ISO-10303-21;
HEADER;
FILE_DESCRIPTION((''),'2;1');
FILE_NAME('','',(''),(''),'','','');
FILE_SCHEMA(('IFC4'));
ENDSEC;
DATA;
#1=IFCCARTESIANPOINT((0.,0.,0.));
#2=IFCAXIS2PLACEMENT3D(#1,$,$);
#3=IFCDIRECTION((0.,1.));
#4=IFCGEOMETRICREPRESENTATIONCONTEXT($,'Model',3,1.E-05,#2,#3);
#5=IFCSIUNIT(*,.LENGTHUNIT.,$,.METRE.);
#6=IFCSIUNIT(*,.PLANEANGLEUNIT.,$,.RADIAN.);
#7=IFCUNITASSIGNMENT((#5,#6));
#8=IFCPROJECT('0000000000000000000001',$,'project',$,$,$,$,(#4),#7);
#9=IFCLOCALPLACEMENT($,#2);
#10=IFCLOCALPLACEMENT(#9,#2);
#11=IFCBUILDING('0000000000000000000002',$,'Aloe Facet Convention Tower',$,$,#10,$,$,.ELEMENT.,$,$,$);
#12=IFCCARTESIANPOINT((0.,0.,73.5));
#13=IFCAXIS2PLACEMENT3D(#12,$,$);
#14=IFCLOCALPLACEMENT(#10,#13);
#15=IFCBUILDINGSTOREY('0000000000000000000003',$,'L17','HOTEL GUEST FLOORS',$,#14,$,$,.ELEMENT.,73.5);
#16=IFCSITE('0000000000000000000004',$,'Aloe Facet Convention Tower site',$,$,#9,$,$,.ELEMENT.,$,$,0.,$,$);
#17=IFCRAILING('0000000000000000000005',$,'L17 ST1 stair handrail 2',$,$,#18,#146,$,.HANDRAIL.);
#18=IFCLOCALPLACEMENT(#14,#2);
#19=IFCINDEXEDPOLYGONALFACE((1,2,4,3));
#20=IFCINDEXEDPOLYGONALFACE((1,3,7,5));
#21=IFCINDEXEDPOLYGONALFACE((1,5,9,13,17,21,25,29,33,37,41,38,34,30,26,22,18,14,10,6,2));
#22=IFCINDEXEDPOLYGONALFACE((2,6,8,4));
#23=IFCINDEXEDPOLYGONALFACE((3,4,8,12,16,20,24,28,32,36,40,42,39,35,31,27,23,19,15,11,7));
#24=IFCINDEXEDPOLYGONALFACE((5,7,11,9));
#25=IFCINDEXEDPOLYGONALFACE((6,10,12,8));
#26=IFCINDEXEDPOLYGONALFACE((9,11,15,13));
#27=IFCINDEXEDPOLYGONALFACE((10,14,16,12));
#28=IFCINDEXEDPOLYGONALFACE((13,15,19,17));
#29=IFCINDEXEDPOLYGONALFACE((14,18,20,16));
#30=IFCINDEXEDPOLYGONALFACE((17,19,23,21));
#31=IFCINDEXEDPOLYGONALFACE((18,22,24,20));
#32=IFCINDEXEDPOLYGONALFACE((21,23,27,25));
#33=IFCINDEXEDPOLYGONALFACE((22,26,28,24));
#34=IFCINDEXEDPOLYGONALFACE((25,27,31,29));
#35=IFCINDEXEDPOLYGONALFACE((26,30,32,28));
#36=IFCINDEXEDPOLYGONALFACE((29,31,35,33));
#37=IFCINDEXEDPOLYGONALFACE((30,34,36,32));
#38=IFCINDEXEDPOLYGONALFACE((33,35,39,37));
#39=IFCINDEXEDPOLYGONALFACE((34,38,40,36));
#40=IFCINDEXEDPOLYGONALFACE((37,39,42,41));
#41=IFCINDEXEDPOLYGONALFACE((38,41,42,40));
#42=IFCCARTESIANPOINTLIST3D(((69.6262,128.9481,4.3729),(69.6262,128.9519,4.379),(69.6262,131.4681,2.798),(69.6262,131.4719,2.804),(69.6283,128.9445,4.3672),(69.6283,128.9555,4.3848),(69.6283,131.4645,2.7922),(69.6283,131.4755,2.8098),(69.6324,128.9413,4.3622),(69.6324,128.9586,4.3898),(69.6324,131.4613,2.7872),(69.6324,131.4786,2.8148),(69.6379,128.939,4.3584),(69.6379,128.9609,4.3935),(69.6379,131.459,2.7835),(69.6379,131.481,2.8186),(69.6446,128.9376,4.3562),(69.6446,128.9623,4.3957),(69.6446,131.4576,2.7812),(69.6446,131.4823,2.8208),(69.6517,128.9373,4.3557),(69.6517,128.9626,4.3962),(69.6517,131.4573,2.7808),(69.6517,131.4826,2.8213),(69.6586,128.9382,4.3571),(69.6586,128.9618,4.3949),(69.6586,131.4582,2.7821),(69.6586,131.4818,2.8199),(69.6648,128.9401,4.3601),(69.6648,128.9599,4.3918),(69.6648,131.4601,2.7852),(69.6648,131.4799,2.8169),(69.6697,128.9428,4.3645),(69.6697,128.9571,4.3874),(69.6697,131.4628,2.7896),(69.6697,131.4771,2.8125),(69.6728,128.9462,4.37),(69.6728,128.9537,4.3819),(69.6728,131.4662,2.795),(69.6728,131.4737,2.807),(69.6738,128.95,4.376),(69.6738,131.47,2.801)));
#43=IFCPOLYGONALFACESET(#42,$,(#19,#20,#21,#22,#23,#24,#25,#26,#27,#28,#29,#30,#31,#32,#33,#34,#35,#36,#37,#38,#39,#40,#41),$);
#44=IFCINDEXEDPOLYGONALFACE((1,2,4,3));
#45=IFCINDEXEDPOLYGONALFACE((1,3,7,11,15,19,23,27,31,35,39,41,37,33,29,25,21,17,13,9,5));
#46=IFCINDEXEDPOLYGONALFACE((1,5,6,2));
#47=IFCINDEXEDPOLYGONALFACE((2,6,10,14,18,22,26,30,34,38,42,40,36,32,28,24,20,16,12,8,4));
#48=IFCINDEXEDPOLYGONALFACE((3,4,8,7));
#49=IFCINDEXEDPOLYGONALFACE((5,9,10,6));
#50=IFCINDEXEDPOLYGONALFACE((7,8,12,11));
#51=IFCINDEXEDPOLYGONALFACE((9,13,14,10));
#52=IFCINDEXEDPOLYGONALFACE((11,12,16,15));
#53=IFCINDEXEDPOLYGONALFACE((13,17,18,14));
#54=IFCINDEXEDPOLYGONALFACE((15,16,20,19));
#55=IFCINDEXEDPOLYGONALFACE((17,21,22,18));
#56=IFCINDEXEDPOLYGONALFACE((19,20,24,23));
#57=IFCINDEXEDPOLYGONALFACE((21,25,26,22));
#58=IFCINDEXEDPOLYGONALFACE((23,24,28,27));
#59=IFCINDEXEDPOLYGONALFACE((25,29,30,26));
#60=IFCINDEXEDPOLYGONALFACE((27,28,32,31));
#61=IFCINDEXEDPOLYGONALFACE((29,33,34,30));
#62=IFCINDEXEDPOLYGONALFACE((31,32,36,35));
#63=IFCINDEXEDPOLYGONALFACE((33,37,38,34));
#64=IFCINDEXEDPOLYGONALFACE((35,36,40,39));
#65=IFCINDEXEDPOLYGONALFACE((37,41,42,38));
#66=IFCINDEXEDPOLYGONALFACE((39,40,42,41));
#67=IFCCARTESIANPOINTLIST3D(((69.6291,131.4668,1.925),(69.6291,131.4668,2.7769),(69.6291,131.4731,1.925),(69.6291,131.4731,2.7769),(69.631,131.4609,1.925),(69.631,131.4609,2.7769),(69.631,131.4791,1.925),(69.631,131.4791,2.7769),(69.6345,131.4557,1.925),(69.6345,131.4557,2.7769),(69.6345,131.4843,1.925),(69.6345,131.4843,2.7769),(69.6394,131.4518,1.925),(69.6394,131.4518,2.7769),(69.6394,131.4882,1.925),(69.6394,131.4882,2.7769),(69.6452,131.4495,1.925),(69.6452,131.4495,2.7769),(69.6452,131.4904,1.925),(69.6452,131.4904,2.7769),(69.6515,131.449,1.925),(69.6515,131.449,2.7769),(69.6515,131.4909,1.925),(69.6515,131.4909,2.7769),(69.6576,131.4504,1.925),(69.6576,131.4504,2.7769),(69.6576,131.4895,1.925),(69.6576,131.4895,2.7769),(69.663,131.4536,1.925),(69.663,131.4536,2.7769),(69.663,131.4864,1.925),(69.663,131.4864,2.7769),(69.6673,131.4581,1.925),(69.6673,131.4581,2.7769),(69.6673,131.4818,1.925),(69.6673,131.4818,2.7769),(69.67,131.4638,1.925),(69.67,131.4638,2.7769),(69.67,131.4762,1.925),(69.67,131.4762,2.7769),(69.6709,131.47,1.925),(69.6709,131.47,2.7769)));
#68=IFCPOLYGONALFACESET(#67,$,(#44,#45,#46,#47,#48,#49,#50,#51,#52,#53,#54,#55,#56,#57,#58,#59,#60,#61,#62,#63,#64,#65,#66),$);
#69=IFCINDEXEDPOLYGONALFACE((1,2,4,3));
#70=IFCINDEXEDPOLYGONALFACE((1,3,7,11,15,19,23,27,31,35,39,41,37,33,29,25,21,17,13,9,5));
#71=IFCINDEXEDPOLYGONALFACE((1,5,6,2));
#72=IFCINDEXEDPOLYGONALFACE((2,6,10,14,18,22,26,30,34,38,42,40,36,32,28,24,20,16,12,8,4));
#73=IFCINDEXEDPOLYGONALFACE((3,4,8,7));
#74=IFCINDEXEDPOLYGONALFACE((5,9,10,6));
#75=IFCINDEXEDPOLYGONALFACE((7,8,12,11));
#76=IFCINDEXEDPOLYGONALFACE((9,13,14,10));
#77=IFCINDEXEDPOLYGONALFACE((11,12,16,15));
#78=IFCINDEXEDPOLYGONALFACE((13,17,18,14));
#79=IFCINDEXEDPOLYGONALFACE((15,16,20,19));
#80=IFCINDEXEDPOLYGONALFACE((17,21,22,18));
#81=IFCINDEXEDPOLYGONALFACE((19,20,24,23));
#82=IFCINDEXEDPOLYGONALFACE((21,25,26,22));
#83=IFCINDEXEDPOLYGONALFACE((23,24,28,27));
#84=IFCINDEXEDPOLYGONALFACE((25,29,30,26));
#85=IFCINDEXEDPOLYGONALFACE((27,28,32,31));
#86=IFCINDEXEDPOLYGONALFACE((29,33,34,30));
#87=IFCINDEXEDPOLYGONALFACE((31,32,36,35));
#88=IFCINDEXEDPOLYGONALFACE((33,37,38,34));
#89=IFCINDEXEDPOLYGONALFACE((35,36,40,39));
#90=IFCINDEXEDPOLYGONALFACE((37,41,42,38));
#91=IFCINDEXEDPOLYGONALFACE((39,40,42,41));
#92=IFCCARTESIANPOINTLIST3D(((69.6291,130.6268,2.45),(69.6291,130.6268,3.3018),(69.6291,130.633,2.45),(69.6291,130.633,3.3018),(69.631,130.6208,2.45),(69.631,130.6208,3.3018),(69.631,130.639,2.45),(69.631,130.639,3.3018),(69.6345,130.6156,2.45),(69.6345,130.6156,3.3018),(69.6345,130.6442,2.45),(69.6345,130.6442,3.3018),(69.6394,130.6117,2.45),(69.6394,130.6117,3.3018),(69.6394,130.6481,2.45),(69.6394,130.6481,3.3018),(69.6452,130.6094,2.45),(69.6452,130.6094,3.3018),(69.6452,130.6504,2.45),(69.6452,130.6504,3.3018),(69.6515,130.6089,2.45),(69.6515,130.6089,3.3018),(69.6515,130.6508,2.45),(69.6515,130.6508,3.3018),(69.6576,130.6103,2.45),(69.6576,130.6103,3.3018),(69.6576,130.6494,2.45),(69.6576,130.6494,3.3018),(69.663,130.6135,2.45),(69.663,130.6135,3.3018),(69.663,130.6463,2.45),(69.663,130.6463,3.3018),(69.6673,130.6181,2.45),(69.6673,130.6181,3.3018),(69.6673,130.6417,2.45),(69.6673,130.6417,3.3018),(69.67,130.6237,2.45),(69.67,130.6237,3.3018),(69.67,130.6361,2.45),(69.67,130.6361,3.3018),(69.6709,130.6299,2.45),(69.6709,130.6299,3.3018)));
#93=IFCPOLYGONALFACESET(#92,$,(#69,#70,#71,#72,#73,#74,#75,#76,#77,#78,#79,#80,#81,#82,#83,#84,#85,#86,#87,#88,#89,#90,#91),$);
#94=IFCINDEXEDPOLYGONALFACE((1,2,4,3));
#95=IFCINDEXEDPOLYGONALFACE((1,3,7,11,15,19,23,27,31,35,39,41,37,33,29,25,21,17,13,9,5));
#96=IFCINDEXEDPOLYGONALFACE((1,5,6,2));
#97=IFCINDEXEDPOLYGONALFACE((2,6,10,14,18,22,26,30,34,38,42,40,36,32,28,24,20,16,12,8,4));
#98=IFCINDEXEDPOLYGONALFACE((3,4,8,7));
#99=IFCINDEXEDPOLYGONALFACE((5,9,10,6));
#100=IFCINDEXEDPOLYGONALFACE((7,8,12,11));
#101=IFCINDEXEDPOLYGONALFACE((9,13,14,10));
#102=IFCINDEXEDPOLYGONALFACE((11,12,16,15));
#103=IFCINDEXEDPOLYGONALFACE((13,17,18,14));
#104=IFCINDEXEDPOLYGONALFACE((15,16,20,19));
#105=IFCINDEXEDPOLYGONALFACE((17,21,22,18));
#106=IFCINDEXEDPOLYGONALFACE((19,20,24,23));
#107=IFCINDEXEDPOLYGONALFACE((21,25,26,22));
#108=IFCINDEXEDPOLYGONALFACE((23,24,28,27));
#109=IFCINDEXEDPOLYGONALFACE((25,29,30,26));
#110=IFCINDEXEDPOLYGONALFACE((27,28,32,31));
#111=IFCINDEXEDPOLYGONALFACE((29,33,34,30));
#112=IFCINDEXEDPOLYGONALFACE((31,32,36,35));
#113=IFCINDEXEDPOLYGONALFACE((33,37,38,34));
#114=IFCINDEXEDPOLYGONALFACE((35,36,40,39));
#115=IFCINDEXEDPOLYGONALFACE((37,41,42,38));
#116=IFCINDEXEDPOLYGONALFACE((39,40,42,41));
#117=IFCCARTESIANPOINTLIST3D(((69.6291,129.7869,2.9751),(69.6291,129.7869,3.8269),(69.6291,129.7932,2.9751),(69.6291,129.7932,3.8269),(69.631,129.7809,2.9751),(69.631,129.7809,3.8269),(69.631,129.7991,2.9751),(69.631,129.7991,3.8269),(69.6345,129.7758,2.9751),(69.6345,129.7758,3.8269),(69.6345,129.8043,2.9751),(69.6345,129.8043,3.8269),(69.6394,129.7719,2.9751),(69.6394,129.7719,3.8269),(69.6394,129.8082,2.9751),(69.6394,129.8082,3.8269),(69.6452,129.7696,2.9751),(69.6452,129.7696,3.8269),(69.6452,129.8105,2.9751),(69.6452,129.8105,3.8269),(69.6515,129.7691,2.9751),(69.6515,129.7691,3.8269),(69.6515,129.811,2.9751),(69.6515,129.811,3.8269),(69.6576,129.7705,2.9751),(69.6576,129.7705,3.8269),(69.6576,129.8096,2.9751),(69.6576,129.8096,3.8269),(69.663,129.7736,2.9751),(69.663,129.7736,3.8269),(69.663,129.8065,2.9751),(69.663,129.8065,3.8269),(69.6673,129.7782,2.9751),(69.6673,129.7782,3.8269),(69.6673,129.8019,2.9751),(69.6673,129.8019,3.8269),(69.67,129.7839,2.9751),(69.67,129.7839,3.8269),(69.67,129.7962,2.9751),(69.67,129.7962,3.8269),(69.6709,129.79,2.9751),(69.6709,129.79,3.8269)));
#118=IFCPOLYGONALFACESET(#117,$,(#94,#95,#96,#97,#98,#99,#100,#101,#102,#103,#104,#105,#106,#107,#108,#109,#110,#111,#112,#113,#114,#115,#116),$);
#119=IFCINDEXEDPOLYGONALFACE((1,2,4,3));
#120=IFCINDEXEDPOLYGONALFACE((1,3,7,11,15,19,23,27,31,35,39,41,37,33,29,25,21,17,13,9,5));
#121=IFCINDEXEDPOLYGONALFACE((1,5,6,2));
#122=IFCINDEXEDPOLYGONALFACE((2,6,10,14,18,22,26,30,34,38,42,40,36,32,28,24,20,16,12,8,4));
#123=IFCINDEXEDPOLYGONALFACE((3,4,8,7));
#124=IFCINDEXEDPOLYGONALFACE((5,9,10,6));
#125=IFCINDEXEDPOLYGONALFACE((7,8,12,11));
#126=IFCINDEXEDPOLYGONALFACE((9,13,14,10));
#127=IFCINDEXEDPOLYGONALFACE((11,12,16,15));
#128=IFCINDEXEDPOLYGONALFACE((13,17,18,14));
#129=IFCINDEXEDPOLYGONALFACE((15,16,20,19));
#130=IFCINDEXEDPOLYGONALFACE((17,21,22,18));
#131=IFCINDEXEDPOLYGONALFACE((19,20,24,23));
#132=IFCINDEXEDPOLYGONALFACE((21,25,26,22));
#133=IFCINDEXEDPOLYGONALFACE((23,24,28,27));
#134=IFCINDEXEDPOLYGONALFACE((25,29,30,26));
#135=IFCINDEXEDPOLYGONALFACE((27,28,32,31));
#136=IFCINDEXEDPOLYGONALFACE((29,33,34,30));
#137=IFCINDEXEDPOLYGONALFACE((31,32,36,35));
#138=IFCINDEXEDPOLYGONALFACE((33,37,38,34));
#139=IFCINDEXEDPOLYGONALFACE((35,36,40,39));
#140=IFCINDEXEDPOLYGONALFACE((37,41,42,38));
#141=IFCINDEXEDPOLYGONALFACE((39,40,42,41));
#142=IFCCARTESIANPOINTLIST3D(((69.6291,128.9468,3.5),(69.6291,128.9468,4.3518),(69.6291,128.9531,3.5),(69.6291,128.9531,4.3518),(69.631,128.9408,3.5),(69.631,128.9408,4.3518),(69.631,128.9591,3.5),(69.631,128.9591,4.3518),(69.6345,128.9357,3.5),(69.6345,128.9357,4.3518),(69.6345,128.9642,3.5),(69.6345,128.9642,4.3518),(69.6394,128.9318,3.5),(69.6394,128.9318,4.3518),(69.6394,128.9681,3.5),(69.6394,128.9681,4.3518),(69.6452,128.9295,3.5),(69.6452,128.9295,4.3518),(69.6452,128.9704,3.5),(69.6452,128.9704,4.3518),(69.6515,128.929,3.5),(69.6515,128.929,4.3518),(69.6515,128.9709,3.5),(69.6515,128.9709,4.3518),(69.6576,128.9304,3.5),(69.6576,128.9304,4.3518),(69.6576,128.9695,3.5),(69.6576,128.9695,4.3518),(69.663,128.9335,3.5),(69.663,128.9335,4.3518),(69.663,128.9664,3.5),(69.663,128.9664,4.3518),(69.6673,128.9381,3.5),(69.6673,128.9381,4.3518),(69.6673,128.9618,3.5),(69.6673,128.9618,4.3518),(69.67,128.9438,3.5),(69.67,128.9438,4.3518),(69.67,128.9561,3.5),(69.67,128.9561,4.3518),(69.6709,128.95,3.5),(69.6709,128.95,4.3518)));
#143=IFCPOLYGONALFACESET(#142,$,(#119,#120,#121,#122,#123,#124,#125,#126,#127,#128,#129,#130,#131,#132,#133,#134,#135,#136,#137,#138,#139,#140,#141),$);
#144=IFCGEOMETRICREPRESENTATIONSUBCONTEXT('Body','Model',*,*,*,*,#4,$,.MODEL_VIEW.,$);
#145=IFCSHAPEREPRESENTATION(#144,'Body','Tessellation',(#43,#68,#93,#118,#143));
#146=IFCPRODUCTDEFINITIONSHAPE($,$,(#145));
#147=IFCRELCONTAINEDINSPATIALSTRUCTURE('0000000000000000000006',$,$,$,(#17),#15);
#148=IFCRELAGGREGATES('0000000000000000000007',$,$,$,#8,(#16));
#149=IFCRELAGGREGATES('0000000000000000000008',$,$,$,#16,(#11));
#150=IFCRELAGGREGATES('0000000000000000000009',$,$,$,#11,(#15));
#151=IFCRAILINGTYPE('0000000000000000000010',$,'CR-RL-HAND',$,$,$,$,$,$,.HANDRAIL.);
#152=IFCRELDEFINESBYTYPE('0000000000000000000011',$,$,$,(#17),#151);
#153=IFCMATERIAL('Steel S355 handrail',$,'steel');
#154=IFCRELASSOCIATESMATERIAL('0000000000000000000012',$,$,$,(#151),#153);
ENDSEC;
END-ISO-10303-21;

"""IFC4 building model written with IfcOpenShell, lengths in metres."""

from ifc_helpers import new_model, si_unit, direction, frame, origin, origin_2d, place, context, subcontext, project, spatial, circle, extrude, material, type_object, element, save


model = new_model("IFC4")

# Units and contexts
model_context = context("Model", 3, precision=1e-05, world=origin(), true_north=direction((0.0, 1.0)))
body_context = subcontext(model_context, "Body", "Model", "MODEL_VIEW")
ifc_project = project(units=[si_unit("LENGTHUNIT", "METRE"), si_unit("PLANEANGLEUNIT", "RADIAN")], contexts=[model_context])

# Site, building, storey
site_placement = place(None, origin())
site = spatial("IfcSite", under=ifc_project, at=site_placement, Name="Aloe Facet Convention Tower site", CompositionType="ELEMENT", RefElevation=0.0)
building_placement = place(site_placement, origin())
building = spatial("IfcBuilding", under=site, at=building_placement, Name="Aloe Facet Convention Tower", CompositionType="ELEMENT")
storey_placement = place(building_placement, frame((0.0, 0.0, 73.5)))
storey = spatial("IfcBuildingStorey", under=building, at=storey_placement, Name="L17", Description="HOTEL GUEST FLOORS", CompositionType="ELEMENT", Elevation=73.5)

# Railing
ifc_material_1 = material(Name="Steel S355 handrail", Category="steel")
railing_type_1 = type_object("IfcRailingType", Name="CR-RL-HAND", PredefinedType="HANDRAIL", material=ifc_material_1)
railing_1_placement = place(storey_placement, frame((69.6499, 131.47, 1.925)))
element("IfcRailing", 1, at=railing_1_placement, inside=storey, type_object=railing_type_1, Name="L17 ST1 stair handrail 2", PredefinedType="HANDRAIL", context=body_context, shape_type="SweptSolid", body=[
    extrude(circle(Radius=0.0239, at=origin_2d()), frame((0.0, 0.0, 0.876), z_axis=(0.0, -0.848008, 0.529984), x_axis=(1.0, 0.0, 0.0)), (0.0, 0.0, 1.0), 2.9717),
    extrude(circle(Radius=0.021, at=origin_2d()), origin(), (0.0, 0.0, 1.0), 0.8518),
    extrude(circle(Radius=0.021, at=origin_2d()), frame((0.0, -0.8401, 0.5249)), (0.0, 0.0, 1.0), 0.8518),
    extrude(circle(Radius=0.021, at=origin_2d()), frame((0.0, -1.6799, 1.05)), (0.0, 0.0, 1.0), 0.8518),
    extrude(circle(Radius=0.021, at=origin_2d()), frame((0.0, -2.52, 1.575)), (0.0, 0.0, 1.0), 0.8518),
])

save(model, "model.ifc")
